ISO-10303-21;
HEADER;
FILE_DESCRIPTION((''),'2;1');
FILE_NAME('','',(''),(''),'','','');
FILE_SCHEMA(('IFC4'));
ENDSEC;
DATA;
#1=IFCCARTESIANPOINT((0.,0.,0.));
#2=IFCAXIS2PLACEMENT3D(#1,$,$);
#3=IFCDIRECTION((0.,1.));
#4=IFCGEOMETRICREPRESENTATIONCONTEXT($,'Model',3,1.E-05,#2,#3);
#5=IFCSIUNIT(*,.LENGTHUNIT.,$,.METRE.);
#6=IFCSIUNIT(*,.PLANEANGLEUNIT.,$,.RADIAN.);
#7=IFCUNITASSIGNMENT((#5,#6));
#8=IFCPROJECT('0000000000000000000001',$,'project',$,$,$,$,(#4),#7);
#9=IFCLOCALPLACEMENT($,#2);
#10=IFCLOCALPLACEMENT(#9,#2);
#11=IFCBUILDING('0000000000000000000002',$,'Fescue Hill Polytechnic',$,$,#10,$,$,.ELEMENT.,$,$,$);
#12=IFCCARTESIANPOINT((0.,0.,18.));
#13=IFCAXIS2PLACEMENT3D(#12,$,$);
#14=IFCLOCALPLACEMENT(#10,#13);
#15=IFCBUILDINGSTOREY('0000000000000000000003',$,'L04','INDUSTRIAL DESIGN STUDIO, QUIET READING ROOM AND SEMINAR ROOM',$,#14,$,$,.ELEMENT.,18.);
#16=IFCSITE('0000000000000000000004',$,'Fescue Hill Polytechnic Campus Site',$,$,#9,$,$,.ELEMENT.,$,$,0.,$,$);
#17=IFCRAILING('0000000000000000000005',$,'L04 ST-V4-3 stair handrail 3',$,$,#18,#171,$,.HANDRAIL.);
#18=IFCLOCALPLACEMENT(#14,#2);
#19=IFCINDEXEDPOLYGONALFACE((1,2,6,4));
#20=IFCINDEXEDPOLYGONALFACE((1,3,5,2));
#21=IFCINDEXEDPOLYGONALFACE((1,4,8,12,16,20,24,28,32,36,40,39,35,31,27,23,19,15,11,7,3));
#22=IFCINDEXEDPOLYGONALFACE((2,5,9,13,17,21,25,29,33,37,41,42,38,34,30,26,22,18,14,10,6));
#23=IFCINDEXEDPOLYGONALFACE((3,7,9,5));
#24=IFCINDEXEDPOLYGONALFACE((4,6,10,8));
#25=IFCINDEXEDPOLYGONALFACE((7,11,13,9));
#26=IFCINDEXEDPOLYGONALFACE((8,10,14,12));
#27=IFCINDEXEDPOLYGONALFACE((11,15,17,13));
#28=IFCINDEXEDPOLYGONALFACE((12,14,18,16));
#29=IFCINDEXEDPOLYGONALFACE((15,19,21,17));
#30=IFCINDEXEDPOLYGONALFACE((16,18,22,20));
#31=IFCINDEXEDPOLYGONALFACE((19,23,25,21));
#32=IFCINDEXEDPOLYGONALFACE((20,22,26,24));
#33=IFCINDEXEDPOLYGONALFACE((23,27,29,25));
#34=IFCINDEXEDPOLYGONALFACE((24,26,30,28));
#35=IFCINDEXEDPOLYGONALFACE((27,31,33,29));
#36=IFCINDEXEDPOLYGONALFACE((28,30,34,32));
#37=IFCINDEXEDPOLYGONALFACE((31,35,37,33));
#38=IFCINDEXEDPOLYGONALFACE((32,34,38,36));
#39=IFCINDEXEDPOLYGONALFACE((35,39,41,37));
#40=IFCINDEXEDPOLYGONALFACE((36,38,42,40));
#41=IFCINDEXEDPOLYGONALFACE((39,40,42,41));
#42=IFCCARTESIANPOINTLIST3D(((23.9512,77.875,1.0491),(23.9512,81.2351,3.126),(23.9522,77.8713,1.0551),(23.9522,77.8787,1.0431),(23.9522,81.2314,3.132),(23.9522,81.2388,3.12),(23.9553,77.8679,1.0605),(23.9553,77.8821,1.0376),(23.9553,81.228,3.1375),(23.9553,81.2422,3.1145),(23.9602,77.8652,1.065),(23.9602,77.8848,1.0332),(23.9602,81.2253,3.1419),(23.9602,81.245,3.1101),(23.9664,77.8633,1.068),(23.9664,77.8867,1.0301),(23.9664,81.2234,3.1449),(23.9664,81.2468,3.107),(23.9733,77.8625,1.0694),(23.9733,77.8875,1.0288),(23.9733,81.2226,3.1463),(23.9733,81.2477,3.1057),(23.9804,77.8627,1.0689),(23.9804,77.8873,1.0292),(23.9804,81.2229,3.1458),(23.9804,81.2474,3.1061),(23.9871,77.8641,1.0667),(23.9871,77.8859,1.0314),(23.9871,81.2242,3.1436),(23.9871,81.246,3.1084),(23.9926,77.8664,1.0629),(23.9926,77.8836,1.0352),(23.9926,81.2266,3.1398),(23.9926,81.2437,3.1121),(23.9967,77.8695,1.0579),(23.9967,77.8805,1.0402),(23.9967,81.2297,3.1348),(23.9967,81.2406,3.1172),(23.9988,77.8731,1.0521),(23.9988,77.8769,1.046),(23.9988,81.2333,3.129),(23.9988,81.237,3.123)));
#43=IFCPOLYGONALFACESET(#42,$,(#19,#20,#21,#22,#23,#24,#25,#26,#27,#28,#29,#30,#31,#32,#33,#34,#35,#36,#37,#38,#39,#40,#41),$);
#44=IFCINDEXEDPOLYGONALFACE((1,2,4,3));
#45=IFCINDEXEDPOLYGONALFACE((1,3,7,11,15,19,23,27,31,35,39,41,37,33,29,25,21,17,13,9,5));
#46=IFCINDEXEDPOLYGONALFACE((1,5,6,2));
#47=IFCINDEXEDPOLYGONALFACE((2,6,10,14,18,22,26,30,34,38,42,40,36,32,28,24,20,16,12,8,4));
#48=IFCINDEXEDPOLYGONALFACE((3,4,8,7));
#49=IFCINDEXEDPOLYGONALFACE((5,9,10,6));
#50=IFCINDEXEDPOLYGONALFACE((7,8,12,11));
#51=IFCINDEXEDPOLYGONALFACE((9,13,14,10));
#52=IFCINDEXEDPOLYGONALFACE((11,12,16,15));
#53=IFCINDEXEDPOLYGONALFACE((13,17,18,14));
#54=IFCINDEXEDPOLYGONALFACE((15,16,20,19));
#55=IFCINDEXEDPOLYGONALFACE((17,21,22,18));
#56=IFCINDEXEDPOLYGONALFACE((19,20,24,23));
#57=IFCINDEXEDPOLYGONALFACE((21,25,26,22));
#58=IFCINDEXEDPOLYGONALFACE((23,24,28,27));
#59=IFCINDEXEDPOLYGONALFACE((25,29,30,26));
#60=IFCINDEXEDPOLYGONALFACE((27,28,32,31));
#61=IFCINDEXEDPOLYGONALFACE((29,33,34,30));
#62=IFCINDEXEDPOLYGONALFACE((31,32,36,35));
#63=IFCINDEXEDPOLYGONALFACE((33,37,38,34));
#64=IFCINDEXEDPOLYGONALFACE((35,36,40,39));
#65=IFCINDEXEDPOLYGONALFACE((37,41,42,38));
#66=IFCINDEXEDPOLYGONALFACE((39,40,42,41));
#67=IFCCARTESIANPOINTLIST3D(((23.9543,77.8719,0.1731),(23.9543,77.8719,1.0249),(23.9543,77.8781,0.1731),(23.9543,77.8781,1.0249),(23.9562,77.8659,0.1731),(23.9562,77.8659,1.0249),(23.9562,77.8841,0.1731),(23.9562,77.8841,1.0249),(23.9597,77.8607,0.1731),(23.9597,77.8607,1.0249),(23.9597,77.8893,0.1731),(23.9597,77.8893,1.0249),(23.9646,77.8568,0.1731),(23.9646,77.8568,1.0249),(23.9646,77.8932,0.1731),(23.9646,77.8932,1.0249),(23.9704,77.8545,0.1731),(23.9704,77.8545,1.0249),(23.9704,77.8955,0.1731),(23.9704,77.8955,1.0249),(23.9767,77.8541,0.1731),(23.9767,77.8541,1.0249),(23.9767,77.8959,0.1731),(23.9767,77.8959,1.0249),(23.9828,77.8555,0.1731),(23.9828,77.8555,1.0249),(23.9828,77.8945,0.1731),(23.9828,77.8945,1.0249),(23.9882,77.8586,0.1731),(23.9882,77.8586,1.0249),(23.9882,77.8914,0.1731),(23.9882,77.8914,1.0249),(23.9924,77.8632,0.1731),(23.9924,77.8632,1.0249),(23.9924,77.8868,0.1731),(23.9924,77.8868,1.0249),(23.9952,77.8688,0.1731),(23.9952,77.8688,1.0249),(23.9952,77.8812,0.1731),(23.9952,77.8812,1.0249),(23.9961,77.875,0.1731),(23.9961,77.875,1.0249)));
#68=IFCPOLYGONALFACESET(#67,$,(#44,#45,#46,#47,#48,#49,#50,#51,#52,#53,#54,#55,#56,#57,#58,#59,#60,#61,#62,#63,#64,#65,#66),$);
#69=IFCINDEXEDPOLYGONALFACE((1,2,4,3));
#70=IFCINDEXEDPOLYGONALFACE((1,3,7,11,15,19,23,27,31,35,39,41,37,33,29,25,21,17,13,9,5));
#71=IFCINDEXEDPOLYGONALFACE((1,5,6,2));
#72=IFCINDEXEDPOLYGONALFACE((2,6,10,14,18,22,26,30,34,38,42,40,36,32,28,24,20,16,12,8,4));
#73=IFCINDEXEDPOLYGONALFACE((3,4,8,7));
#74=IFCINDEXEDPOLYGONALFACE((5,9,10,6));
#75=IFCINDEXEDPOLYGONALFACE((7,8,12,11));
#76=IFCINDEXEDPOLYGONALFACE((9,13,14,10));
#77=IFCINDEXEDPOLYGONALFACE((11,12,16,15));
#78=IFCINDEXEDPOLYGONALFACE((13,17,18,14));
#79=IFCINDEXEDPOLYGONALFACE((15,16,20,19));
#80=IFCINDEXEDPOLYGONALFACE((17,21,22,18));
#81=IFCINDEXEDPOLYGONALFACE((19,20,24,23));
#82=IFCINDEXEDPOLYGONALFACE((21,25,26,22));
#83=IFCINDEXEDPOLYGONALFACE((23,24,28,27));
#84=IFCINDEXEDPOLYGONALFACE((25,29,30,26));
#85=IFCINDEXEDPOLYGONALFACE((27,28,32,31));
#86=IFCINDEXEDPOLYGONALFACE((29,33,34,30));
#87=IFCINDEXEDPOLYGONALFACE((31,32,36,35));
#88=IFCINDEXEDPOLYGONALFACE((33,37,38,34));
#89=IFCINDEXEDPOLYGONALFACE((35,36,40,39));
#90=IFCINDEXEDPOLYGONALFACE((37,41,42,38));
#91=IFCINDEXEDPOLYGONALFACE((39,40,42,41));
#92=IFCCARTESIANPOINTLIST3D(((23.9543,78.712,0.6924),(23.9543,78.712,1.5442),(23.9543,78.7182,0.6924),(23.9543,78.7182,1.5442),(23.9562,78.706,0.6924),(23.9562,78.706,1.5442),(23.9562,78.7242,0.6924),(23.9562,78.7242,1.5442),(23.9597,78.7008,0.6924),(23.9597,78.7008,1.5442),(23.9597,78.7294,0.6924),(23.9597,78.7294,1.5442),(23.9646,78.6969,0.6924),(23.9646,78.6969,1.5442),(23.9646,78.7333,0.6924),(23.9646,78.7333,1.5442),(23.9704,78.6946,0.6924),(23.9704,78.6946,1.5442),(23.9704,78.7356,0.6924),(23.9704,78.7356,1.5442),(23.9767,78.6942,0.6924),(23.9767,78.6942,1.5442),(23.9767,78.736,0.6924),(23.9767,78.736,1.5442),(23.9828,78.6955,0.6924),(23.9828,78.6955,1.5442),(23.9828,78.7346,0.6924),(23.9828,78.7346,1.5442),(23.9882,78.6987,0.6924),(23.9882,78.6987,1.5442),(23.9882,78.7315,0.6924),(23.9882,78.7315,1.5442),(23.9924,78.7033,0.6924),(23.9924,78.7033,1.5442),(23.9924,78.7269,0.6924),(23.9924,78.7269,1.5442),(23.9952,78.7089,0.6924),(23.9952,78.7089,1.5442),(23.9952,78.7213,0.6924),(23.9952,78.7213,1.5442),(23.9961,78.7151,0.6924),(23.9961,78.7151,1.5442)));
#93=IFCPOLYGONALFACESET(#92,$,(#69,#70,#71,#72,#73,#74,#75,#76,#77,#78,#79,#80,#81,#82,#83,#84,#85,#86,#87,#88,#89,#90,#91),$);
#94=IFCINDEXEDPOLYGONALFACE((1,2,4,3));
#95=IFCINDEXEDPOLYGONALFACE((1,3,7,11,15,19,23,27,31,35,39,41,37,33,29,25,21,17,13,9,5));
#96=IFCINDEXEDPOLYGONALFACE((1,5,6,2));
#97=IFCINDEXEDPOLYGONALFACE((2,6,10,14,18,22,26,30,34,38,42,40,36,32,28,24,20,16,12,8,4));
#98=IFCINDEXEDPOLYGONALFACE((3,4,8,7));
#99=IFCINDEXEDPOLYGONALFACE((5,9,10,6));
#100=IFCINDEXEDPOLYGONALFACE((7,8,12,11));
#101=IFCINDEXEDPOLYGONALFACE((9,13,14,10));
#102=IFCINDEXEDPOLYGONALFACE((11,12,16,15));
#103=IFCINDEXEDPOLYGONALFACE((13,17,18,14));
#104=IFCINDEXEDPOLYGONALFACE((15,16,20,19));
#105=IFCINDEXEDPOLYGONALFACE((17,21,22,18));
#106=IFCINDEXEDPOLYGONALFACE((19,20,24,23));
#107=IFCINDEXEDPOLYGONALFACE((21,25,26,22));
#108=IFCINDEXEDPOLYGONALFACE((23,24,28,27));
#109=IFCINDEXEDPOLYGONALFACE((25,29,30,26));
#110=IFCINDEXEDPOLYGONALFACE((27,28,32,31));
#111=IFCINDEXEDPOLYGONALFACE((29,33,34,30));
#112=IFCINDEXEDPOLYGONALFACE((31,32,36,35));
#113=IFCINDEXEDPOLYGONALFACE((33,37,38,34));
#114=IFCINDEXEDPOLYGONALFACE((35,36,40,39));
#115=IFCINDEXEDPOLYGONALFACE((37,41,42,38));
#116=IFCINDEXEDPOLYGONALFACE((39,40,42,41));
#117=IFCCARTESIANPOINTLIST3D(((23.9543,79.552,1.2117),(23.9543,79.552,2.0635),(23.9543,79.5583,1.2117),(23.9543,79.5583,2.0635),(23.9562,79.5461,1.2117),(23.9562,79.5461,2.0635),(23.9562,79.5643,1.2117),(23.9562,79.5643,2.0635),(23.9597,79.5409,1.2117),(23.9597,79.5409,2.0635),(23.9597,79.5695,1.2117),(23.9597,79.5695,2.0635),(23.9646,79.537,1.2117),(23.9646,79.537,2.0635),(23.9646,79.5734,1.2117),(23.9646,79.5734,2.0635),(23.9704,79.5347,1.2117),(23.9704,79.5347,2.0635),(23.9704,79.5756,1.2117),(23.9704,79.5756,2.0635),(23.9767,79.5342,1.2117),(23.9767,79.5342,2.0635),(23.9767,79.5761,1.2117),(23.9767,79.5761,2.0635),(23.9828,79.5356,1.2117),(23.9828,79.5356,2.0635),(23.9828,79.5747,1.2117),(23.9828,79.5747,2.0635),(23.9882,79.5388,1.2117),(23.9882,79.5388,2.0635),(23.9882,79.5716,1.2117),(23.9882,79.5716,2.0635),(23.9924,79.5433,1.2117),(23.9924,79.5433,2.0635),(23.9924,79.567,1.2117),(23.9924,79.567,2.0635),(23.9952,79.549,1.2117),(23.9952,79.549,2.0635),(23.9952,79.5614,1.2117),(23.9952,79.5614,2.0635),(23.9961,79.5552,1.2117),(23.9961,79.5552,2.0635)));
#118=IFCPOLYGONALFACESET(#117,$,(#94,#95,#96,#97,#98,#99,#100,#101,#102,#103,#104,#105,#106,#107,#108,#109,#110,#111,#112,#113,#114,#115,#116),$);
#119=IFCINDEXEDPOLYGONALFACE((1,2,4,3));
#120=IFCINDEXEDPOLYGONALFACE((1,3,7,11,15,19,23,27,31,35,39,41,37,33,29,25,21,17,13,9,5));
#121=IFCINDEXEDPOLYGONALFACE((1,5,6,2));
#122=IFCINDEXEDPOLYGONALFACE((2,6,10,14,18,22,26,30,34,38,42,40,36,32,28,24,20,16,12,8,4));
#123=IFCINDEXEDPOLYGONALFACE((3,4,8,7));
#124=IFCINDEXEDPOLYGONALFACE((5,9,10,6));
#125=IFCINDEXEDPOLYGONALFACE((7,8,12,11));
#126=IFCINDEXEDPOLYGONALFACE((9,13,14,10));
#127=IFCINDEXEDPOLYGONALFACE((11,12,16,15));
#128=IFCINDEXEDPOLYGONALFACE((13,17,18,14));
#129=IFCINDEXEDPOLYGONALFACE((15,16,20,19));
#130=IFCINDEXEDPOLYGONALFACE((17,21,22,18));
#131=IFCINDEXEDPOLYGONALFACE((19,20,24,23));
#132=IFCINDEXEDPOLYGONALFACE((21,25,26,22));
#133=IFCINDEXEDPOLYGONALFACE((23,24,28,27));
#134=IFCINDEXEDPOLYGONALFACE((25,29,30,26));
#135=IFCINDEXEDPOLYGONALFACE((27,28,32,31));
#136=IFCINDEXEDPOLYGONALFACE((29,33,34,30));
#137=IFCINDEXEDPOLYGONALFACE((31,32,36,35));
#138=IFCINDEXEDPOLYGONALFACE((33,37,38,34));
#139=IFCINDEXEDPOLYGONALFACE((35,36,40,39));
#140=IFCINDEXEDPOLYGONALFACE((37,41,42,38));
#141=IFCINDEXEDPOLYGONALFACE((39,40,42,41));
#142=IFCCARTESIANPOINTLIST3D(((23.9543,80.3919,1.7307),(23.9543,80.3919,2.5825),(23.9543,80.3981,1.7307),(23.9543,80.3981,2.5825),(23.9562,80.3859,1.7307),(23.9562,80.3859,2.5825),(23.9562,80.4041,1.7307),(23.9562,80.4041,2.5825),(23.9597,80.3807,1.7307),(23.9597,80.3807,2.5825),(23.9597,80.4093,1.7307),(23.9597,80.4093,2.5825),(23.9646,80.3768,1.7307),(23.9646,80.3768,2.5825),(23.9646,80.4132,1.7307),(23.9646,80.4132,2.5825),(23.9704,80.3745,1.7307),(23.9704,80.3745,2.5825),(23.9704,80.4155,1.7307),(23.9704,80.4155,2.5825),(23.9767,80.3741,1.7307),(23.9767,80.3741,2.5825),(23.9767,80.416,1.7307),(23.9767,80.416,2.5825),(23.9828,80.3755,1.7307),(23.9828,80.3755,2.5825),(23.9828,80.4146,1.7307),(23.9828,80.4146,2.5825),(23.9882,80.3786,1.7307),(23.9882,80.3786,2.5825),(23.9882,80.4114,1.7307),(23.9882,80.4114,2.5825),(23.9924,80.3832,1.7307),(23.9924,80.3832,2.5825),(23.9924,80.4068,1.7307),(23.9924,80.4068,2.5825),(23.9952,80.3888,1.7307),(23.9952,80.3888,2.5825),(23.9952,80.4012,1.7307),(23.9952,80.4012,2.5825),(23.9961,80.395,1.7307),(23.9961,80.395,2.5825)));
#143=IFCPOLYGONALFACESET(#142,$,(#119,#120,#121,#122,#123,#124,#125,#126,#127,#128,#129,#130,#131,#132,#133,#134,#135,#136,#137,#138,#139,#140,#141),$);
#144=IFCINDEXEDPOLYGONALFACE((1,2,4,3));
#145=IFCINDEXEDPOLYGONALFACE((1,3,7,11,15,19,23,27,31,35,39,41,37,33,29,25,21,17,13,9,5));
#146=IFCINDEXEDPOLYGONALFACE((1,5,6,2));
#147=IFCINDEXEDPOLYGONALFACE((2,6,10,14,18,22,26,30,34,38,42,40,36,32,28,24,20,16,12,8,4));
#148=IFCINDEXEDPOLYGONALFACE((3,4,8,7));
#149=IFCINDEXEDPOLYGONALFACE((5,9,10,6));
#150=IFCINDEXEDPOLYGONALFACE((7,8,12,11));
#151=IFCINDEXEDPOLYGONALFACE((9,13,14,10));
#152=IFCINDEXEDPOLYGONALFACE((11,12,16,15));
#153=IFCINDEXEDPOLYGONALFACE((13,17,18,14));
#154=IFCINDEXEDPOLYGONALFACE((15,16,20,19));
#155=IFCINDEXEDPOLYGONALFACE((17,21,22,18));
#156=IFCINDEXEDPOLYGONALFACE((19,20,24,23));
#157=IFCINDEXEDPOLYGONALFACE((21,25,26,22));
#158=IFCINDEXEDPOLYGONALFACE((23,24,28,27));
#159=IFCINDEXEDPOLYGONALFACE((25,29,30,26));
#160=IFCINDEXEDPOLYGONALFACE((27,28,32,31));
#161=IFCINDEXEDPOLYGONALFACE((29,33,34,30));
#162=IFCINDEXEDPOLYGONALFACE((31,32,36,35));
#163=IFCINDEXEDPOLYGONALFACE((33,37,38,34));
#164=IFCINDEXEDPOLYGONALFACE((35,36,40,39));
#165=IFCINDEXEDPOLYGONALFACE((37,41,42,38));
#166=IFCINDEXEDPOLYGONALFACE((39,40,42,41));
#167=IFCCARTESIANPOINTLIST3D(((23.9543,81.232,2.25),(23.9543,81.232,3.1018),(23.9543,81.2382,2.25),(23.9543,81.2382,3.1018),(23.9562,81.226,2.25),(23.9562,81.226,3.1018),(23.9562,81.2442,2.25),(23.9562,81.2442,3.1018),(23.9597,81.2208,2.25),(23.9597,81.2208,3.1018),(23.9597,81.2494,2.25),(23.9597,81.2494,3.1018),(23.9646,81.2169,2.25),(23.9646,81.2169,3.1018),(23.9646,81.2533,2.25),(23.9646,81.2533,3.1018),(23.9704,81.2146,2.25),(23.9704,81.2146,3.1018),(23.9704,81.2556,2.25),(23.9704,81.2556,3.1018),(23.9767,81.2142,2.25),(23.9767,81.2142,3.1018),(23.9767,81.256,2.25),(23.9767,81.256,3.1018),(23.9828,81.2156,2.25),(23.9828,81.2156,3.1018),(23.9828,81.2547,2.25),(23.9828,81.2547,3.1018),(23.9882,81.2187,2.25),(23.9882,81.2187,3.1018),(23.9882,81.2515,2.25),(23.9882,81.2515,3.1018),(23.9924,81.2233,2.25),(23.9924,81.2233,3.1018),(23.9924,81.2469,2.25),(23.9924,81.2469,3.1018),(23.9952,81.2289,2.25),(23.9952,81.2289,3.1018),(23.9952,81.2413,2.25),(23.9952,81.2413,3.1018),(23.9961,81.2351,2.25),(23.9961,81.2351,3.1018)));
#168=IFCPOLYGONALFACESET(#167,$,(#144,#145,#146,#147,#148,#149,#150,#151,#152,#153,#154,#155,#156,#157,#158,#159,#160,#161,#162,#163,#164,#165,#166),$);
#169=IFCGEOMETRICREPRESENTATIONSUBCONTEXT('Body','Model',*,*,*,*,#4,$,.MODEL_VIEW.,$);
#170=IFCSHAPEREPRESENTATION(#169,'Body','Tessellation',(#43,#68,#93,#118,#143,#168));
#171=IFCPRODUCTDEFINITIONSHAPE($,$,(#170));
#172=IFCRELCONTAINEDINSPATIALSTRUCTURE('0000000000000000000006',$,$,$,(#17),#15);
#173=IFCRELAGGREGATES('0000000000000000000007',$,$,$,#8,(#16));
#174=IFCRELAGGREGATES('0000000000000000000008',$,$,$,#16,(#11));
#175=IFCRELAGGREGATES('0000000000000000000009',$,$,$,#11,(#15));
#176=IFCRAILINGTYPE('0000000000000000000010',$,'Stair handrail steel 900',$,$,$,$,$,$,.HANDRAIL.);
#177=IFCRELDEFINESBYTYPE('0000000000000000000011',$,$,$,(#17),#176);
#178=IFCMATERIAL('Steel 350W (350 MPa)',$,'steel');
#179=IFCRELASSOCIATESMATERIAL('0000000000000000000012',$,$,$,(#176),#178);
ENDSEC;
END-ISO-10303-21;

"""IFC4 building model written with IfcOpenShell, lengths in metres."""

from ifc_helpers import new_model, si_unit, direction, frame, origin, origin_2d, place, context, subcontext, project, spatial, circle, extrude, material, type_object, element, save


model = new_model("IFC4")

# Units and contexts
model_context = context("Model", 3, precision=1e-05, world=origin(), true_north=direction((0.0, 1.0)))
body_context = subcontext(model_context, "Body", "Model", "MODEL_VIEW")
ifc_project = project(units=[si_unit("LENGTHUNIT", "METRE"), si_unit("PLANEANGLEUNIT", "RADIAN")], contexts=[model_context])

# Site, building, storey
site_placement = place(None, origin())
site = spatial("IfcSite", under=ifc_project, at=site_placement, Name="Fescue Hill Polytechnic Campus Site", CompositionType="ELEMENT", RefElevation=0.0)
building_placement = place(site_placement, origin())
building = spatial("IfcBuilding", under=site, at=building_placement, Name="Fescue Hill Polytechnic", CompositionType="ELEMENT")
storey_placement = place(building_placement, frame((0.0, 0.0, 18.0)))
storey = spatial("IfcBuildingStorey", under=building, at=storey_placement, Name="L04", Description="INDUSTRIAL DESIGN STUDIO, QUIET READING ROOM AND SEMINAR ROOM", CompositionType="ELEMENT", Elevation=18.0)

# Railing
ifc_material_1 = material(Name="Steel 350W (350 MPa)", Category="steel")
railing_type_1 = type_object("IfcRailingType", Name="Stair handrail steel 900", PredefinedType="HANDRAIL", material=ifc_material_1)
for number, where, name in (
    (1, (23.9751, 77.875, 0.1731), "L04 ST-V4-3 stair handrail 3"),
):
    element("IfcRailing", number, at=place(storey_placement, frame(where)), inside=storey, type_object=railing_type_1, Name=name, PredefinedType="HANDRAIL", context=body_context, shape_type="SweptSolid", body=[
        extrude(circle(Radius=0.0239, at=origin_2d()), frame((0.0, 0.0, 0.876), z_axis=(0.0, 0.850623, 0.525776), x_axis=(-1.0, 0.0, 0.0)), (0.0, 0.0, 1.0), 3.9502),
        extrude(circle(Radius=0.021, at=origin_2d()), origin(), (0.0, 0.0, 1.0), 0.8518),
        extrude(circle(Radius=0.021, at=origin_2d()), frame((0.0, 0.8401, 0.5193)), (0.0, 0.0, 1.0), 0.8518),
        extrude(circle(Radius=0.021, at=origin_2d()), frame((0.0, 1.6802, 1.0386)), (0.0, 0.0, 1.0), 0.8518),
        extrude(circle(Radius=0.021, at=origin_2d()), frame((0.0, 2.52, 1.5576)), (0.0, 0.0, 1.0), 0.8518),
        extrude(circle(Radius=0.021, at=origin_2d()), frame((0.0, 3.3601, 2.0769)), (0.0, 0.0, 1.0), 0.8518),
    ])

save(model, "model.ifc")
